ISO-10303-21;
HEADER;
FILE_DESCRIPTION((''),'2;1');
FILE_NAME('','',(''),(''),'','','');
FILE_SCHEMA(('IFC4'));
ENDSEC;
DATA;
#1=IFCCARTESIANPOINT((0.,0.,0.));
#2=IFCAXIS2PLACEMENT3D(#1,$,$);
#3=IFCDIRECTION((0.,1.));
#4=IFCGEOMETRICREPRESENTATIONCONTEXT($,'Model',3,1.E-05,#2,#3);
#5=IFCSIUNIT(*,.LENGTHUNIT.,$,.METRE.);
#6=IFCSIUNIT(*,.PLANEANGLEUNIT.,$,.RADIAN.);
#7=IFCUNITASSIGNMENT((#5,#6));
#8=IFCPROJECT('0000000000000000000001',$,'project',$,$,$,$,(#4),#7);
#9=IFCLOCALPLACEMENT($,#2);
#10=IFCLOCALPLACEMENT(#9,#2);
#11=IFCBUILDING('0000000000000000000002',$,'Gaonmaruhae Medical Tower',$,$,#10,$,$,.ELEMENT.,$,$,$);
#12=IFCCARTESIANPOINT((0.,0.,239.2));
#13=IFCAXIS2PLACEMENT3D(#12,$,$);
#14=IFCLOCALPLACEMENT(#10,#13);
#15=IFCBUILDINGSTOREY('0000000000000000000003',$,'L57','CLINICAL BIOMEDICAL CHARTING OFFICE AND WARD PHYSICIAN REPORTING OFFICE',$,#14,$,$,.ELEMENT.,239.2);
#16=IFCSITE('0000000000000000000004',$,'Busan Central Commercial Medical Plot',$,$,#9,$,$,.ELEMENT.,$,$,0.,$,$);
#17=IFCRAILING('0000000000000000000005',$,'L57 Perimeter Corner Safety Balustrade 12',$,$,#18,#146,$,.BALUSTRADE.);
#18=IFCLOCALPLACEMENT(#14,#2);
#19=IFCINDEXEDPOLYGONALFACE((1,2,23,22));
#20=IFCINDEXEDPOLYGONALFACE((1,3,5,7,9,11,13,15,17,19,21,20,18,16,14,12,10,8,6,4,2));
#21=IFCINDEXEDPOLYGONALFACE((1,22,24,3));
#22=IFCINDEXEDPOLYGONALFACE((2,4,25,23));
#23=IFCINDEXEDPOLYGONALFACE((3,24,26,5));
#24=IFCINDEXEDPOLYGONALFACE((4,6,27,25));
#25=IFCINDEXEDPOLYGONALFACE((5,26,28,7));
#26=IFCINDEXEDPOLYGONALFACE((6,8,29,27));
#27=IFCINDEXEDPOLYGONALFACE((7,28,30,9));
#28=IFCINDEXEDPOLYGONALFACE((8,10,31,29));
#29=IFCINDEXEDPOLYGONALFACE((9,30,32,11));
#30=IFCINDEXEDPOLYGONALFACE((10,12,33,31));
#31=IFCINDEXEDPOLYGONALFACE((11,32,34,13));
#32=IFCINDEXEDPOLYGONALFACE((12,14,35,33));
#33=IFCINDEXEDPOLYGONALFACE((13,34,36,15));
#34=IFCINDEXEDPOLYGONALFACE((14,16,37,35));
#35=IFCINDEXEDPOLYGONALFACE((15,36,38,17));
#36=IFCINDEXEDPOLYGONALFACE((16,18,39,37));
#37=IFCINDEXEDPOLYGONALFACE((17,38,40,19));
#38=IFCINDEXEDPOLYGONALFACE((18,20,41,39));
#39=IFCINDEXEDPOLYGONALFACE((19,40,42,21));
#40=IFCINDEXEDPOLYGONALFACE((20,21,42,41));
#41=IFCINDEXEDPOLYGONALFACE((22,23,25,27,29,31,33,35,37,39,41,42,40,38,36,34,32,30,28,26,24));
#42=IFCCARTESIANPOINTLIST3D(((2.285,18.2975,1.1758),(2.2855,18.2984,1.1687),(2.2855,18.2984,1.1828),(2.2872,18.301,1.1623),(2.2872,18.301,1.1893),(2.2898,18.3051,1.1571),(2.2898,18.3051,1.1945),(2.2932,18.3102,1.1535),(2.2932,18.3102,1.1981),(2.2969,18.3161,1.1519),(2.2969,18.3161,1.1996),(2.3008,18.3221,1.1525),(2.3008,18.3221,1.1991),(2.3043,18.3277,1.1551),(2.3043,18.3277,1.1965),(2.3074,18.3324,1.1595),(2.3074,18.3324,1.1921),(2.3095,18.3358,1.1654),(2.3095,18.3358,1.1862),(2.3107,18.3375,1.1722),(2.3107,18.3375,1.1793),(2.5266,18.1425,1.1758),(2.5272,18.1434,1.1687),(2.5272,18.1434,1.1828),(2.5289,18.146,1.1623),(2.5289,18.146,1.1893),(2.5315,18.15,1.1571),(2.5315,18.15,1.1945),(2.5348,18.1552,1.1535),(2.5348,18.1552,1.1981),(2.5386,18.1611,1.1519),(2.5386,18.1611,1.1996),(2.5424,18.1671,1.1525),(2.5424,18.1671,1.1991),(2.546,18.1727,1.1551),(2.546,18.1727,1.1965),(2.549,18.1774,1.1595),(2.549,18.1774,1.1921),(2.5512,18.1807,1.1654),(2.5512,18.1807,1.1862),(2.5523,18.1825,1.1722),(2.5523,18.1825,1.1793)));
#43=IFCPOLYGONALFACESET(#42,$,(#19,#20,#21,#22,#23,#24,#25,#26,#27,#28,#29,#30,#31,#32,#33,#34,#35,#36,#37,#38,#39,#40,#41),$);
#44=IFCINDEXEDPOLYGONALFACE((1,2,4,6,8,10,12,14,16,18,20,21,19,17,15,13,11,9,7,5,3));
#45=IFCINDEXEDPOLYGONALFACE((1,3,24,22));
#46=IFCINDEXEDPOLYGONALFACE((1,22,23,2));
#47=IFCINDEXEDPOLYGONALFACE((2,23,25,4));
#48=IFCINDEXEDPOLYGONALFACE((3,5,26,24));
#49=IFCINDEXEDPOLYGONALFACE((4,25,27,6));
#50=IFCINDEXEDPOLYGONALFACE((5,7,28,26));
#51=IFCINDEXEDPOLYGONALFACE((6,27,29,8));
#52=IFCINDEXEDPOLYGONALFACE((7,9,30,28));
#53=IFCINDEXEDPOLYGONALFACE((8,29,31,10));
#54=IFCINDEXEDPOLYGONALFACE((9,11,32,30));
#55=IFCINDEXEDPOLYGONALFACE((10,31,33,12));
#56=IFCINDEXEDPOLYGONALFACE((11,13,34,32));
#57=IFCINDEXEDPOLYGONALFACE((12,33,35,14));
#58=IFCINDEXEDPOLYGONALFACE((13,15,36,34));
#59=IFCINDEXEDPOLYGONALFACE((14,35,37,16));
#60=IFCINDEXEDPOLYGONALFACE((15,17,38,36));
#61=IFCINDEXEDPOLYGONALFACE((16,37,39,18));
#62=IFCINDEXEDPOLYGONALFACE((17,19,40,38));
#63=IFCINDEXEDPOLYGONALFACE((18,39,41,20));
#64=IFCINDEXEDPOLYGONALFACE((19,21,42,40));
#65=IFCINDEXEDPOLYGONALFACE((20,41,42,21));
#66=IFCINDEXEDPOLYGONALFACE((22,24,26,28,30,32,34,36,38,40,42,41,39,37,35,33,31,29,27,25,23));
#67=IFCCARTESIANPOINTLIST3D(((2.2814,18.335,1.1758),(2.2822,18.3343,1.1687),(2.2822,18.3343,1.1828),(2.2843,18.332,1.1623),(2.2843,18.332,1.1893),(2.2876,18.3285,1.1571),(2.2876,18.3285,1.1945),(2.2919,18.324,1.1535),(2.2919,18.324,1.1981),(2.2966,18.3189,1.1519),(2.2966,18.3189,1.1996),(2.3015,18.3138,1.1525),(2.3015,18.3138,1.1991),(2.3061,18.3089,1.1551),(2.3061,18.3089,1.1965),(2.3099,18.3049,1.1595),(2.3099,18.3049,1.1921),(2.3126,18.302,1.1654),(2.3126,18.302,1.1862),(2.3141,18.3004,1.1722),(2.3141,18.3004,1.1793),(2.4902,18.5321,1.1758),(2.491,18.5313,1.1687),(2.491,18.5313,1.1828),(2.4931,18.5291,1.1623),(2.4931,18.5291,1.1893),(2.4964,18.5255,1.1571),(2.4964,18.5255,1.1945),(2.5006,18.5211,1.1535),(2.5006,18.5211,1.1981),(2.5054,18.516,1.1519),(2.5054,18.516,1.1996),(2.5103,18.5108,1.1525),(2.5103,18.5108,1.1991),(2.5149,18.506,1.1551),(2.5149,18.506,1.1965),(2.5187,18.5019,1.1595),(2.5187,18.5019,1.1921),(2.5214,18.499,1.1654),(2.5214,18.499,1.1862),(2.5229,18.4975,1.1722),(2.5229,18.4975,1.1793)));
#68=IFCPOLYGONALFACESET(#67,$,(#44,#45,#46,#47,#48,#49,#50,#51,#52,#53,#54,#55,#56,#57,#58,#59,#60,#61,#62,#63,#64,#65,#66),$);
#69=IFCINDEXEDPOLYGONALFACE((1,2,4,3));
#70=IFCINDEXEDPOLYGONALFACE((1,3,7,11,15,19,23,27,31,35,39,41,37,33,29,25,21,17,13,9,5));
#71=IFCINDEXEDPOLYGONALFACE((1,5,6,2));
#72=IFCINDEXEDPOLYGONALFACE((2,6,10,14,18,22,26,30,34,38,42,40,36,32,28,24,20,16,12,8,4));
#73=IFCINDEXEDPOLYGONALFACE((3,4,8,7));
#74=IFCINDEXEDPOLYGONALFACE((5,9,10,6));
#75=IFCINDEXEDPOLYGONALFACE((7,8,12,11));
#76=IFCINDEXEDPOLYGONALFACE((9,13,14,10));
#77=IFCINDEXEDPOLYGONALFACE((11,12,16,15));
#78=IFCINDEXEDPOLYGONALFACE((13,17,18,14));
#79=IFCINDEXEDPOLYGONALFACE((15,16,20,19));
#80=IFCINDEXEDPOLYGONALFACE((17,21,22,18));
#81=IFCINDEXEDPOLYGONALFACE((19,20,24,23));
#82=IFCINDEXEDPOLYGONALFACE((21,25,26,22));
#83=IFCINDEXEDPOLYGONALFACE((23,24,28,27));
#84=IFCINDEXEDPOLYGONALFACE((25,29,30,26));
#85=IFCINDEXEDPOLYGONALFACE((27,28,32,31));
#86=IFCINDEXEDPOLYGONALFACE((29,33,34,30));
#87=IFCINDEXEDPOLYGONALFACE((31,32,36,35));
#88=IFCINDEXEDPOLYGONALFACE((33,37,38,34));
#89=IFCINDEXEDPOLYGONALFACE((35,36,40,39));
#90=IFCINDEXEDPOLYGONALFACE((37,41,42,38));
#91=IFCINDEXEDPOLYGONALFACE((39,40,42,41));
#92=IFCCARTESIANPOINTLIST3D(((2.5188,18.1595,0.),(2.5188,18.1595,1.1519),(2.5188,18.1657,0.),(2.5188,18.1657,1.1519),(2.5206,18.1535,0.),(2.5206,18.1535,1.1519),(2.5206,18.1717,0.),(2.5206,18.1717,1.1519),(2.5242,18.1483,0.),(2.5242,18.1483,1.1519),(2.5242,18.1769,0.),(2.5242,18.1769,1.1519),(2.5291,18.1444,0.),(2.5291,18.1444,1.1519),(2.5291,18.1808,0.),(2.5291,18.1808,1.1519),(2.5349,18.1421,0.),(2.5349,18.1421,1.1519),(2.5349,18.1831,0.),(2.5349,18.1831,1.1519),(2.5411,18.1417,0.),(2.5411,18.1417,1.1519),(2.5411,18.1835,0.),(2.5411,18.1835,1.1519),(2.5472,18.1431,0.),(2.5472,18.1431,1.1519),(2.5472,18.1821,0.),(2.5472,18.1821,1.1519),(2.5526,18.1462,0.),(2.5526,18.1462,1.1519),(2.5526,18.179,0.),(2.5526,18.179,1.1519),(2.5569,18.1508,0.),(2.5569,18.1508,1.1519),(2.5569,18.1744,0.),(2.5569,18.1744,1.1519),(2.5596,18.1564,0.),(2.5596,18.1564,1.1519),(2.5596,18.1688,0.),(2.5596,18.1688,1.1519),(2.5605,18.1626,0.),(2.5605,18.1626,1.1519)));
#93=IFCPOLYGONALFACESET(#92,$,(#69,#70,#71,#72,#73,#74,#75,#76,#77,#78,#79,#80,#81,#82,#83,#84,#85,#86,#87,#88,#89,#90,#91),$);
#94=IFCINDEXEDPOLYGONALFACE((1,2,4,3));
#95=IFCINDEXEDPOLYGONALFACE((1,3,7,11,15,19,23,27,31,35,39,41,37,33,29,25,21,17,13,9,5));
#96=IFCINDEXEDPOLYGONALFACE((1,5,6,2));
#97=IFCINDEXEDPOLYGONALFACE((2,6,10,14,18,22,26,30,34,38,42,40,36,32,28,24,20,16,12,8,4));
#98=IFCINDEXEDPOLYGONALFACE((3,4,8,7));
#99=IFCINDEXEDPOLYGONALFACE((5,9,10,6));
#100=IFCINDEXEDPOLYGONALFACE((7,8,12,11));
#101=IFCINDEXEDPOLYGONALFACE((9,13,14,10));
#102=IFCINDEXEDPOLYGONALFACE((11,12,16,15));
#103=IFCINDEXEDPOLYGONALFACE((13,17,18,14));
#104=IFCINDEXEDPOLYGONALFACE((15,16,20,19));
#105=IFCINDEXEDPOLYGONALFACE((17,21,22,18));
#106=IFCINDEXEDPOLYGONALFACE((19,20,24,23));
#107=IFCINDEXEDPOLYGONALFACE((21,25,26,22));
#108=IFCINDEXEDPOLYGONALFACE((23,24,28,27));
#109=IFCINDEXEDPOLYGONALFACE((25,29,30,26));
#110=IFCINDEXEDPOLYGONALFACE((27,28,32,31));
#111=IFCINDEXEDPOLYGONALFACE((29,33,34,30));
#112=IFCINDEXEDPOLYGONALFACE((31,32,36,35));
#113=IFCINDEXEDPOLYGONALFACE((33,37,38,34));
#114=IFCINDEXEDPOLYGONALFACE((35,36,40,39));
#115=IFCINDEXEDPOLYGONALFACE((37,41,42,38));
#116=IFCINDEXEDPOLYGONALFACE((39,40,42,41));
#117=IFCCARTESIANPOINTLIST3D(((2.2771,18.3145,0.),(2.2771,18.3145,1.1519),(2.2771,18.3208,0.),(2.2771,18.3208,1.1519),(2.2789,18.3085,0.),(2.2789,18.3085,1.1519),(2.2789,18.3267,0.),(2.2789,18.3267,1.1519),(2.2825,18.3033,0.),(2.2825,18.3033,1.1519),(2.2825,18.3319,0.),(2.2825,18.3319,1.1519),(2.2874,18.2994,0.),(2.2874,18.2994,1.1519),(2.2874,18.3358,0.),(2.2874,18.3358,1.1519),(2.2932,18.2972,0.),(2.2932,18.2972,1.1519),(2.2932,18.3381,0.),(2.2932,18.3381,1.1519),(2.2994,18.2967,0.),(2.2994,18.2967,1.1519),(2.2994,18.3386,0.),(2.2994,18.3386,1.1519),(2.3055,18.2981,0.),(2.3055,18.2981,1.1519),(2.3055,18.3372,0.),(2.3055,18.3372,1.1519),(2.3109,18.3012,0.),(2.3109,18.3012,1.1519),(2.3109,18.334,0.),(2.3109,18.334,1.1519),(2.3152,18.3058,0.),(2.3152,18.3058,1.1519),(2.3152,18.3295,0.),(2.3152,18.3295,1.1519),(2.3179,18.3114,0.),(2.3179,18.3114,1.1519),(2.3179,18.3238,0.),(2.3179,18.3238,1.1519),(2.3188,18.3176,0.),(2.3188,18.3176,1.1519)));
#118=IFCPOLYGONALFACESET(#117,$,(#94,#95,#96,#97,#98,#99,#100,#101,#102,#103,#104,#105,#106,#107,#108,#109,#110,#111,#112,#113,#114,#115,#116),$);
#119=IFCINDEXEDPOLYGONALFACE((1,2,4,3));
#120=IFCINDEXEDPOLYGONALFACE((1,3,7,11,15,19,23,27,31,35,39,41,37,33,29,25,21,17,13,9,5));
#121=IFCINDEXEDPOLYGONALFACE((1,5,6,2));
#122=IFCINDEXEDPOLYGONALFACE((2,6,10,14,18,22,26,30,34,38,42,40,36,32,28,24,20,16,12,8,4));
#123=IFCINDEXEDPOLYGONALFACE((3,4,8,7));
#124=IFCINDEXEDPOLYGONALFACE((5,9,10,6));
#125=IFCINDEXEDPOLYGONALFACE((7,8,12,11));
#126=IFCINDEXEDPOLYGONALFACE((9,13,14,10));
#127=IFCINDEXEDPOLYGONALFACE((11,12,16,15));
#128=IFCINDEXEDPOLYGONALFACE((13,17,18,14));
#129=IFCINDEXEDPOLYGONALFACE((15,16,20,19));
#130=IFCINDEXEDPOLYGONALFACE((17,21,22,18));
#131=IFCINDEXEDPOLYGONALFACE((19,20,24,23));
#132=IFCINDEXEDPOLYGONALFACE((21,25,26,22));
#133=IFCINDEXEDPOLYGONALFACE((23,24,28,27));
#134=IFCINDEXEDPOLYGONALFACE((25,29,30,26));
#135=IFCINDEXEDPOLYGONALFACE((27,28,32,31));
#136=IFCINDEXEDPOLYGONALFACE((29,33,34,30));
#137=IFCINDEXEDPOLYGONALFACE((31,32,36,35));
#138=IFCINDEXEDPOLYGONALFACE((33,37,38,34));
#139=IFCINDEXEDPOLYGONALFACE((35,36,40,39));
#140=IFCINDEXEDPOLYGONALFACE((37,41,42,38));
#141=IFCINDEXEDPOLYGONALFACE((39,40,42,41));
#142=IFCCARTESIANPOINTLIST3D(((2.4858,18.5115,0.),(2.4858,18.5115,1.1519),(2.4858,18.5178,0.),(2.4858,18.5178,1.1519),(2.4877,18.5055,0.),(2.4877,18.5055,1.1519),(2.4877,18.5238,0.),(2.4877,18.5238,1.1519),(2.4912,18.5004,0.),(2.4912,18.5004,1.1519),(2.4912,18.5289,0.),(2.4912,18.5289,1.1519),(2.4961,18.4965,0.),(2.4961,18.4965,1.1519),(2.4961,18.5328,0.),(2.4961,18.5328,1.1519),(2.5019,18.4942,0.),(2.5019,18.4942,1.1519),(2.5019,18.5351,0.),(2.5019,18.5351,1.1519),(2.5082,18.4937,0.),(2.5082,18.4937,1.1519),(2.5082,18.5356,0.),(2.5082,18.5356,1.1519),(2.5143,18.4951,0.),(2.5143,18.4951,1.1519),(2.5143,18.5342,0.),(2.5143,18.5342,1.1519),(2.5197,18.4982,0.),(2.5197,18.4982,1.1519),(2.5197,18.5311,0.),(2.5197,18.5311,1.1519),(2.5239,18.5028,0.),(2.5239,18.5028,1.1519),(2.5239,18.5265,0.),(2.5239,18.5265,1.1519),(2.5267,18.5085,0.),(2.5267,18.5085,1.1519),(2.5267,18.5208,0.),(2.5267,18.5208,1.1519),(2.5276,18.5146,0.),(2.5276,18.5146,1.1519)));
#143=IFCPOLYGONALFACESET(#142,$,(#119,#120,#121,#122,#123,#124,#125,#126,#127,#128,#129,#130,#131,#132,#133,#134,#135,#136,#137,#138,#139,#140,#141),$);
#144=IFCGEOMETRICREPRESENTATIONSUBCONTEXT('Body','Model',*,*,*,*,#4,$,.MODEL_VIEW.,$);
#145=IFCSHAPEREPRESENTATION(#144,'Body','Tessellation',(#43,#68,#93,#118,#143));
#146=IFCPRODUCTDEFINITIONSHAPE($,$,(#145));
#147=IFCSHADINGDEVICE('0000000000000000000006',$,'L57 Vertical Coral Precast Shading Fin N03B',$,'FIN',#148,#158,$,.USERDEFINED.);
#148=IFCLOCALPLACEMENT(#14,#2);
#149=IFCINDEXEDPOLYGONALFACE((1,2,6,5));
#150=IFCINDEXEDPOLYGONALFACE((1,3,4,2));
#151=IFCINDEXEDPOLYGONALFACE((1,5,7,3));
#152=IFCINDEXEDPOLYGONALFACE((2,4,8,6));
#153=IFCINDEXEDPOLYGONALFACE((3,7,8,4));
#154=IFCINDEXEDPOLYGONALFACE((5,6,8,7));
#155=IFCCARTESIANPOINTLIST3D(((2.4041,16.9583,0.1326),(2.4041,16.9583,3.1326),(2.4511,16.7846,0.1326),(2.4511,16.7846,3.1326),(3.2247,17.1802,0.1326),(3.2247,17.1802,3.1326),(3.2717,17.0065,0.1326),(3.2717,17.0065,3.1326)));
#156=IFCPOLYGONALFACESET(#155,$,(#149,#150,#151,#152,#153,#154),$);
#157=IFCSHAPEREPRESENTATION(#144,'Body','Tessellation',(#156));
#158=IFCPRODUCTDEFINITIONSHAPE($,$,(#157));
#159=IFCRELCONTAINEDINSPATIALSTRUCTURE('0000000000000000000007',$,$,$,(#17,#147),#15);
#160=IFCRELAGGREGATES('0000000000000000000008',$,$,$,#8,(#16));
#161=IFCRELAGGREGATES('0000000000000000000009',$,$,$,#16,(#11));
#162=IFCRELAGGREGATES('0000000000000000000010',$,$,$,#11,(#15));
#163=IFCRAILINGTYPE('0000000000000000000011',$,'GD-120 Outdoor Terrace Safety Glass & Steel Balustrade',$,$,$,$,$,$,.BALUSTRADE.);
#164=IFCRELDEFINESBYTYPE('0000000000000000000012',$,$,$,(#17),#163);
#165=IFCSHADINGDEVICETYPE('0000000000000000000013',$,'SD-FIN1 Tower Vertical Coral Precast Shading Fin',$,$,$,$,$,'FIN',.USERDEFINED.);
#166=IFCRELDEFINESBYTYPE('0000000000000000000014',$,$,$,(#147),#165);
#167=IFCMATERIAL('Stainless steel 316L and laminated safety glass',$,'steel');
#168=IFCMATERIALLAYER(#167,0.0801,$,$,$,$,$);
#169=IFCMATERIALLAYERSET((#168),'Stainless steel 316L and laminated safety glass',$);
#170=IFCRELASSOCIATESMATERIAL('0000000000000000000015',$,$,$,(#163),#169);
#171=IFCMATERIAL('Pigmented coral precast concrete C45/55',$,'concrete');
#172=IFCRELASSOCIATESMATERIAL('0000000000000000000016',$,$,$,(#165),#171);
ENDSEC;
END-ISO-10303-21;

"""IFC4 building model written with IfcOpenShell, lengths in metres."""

from ifc_helpers import new_model, si_unit, direction, frame, origin, origin_2d, place, context, subcontext, project, spatial, rectangle, circle, extrude, material, layer, layer_set, type_object, element, save


model = new_model("IFC4")

# Units and contexts
model_context = context("Model", 3, precision=1e-05, world=origin(), true_north=direction((0.0, 1.0)))
body_context = subcontext(model_context, "Body", "Model", "MODEL_VIEW")
ifc_project = project(units=[si_unit("LENGTHUNIT", "METRE"), si_unit("PLANEANGLEUNIT", "RADIAN")], contexts=[model_context])

# Site, building, storey
site_placement = place(None, origin())
site = spatial("IfcSite", under=ifc_project, at=site_placement, Name="Busan Central Commercial Medical Plot", CompositionType="ELEMENT", RefElevation=0.0)
building_placement = place(site_placement, origin())
building = spatial("IfcBuilding", under=site, at=building_placement, Name="Gaonmaruhae Medical Tower", CompositionType="ELEMENT")
storey_placement = place(building_placement, frame((0.0, 0.0, 239.2)))
storey = spatial("IfcBuildingStorey", under=building, at=storey_placement, Name="L57", Description="CLINICAL BIOMEDICAL CHARTING OFFICE AND WARD PHYSICIAN REPORTING OFFICE", CompositionType="ELEMENT", Elevation=239.2)

# Railing
ifc_material_1 = material(Name="Stainless steel 316L and laminated safety glass", Category="steel")
ifc_layer_1 = layer(ifc_material_1, 0.0801)
ifc_layer_set_1 = layer_set([ifc_layer_1], Name="Stainless steel 316L and laminated safety glass")
railing_type = type_object("IfcRailingType", Name="GD-120 Outdoor Terrace Safety Glass & Steel Balustrade", PredefinedType="BALUSTRADE", material=ifc_layer_set_1)
railing_1_placement = place(storey_placement, frame((2.5396, 18.1626, 0.0)))
element("IfcRailing", 1, at=railing_1_placement, inside=storey, type_object=railing_type, Name="L57 Perimeter Corner Safety Balustrade 12", PredefinedType="BALUSTRADE", context=body_context, shape_type="SweptSolid", body=[
    extrude(circle(Radius=0.0239, at=origin_2d()), frame((0.0, 0.0, 1.1758), z_axis=(-0.841731, 0.539898, 0.0), x_axis=(-0.539898, -0.841731, 0.0)), (0.0, 0.0, 1.0), 0.2871),
    extrude(circle(Radius=0.0239, at=origin_2d()), frame((-0.2417, 0.155, 1.1758), z_axis=(0.727225, 0.686399, 0.0), x_axis=(-0.686399, 0.727225, 0.0)), (0.0, 0.0, 1.0), 0.2871),
    extrude(circle(Radius=0.021, at=origin_2d()), origin(), (0.0, 0.0, 1.0), 1.1519),
    extrude(circle(Radius=0.021, at=origin_2d()), frame((-0.2417, 0.155, 0.0)), (0.0, 0.0, 1.0), 1.1519),
    extrude(circle(Radius=0.021, at=origin_2d()), frame((-0.033, 0.3521, 0.0)), (0.0, 0.0, 1.0), 1.1519),
])

# Shading device
ifc_material_2 = material(Name="Pigmented coral precast concrete C45/55", Category="concrete")
shading_device_type = type_object("IfcShadingDeviceType", Name="SD-FIN1 Tower Vertical Coral Precast Shading Fin", ElementType="FIN", PredefinedType="USERDEFINED", material=ifc_material_2)
shading_device_placement = place(storey_placement, frame((2.8379, 16.9824, 0.1326), z_axis=(0.0, 0.0, 1.0), x_axis=(-0.261044, 0.965327, 0.0)))
element("IfcShadingDevice", 2, at=shading_device_placement, inside=storey, type_object=shading_device_type, Name="L57 Vertical Coral Precast Shading Fin N03B", ObjectType="FIN", PredefinedType="USERDEFINED", context=body_context, shape_type="SweptSolid", body=[
    extrude(rectangle(XDim=0.1799, YDim=0.8501, at=origin_2d()), origin(), (0.0, 0.0, 1.0), 3.0),
])

save(model, "model.ifc")
